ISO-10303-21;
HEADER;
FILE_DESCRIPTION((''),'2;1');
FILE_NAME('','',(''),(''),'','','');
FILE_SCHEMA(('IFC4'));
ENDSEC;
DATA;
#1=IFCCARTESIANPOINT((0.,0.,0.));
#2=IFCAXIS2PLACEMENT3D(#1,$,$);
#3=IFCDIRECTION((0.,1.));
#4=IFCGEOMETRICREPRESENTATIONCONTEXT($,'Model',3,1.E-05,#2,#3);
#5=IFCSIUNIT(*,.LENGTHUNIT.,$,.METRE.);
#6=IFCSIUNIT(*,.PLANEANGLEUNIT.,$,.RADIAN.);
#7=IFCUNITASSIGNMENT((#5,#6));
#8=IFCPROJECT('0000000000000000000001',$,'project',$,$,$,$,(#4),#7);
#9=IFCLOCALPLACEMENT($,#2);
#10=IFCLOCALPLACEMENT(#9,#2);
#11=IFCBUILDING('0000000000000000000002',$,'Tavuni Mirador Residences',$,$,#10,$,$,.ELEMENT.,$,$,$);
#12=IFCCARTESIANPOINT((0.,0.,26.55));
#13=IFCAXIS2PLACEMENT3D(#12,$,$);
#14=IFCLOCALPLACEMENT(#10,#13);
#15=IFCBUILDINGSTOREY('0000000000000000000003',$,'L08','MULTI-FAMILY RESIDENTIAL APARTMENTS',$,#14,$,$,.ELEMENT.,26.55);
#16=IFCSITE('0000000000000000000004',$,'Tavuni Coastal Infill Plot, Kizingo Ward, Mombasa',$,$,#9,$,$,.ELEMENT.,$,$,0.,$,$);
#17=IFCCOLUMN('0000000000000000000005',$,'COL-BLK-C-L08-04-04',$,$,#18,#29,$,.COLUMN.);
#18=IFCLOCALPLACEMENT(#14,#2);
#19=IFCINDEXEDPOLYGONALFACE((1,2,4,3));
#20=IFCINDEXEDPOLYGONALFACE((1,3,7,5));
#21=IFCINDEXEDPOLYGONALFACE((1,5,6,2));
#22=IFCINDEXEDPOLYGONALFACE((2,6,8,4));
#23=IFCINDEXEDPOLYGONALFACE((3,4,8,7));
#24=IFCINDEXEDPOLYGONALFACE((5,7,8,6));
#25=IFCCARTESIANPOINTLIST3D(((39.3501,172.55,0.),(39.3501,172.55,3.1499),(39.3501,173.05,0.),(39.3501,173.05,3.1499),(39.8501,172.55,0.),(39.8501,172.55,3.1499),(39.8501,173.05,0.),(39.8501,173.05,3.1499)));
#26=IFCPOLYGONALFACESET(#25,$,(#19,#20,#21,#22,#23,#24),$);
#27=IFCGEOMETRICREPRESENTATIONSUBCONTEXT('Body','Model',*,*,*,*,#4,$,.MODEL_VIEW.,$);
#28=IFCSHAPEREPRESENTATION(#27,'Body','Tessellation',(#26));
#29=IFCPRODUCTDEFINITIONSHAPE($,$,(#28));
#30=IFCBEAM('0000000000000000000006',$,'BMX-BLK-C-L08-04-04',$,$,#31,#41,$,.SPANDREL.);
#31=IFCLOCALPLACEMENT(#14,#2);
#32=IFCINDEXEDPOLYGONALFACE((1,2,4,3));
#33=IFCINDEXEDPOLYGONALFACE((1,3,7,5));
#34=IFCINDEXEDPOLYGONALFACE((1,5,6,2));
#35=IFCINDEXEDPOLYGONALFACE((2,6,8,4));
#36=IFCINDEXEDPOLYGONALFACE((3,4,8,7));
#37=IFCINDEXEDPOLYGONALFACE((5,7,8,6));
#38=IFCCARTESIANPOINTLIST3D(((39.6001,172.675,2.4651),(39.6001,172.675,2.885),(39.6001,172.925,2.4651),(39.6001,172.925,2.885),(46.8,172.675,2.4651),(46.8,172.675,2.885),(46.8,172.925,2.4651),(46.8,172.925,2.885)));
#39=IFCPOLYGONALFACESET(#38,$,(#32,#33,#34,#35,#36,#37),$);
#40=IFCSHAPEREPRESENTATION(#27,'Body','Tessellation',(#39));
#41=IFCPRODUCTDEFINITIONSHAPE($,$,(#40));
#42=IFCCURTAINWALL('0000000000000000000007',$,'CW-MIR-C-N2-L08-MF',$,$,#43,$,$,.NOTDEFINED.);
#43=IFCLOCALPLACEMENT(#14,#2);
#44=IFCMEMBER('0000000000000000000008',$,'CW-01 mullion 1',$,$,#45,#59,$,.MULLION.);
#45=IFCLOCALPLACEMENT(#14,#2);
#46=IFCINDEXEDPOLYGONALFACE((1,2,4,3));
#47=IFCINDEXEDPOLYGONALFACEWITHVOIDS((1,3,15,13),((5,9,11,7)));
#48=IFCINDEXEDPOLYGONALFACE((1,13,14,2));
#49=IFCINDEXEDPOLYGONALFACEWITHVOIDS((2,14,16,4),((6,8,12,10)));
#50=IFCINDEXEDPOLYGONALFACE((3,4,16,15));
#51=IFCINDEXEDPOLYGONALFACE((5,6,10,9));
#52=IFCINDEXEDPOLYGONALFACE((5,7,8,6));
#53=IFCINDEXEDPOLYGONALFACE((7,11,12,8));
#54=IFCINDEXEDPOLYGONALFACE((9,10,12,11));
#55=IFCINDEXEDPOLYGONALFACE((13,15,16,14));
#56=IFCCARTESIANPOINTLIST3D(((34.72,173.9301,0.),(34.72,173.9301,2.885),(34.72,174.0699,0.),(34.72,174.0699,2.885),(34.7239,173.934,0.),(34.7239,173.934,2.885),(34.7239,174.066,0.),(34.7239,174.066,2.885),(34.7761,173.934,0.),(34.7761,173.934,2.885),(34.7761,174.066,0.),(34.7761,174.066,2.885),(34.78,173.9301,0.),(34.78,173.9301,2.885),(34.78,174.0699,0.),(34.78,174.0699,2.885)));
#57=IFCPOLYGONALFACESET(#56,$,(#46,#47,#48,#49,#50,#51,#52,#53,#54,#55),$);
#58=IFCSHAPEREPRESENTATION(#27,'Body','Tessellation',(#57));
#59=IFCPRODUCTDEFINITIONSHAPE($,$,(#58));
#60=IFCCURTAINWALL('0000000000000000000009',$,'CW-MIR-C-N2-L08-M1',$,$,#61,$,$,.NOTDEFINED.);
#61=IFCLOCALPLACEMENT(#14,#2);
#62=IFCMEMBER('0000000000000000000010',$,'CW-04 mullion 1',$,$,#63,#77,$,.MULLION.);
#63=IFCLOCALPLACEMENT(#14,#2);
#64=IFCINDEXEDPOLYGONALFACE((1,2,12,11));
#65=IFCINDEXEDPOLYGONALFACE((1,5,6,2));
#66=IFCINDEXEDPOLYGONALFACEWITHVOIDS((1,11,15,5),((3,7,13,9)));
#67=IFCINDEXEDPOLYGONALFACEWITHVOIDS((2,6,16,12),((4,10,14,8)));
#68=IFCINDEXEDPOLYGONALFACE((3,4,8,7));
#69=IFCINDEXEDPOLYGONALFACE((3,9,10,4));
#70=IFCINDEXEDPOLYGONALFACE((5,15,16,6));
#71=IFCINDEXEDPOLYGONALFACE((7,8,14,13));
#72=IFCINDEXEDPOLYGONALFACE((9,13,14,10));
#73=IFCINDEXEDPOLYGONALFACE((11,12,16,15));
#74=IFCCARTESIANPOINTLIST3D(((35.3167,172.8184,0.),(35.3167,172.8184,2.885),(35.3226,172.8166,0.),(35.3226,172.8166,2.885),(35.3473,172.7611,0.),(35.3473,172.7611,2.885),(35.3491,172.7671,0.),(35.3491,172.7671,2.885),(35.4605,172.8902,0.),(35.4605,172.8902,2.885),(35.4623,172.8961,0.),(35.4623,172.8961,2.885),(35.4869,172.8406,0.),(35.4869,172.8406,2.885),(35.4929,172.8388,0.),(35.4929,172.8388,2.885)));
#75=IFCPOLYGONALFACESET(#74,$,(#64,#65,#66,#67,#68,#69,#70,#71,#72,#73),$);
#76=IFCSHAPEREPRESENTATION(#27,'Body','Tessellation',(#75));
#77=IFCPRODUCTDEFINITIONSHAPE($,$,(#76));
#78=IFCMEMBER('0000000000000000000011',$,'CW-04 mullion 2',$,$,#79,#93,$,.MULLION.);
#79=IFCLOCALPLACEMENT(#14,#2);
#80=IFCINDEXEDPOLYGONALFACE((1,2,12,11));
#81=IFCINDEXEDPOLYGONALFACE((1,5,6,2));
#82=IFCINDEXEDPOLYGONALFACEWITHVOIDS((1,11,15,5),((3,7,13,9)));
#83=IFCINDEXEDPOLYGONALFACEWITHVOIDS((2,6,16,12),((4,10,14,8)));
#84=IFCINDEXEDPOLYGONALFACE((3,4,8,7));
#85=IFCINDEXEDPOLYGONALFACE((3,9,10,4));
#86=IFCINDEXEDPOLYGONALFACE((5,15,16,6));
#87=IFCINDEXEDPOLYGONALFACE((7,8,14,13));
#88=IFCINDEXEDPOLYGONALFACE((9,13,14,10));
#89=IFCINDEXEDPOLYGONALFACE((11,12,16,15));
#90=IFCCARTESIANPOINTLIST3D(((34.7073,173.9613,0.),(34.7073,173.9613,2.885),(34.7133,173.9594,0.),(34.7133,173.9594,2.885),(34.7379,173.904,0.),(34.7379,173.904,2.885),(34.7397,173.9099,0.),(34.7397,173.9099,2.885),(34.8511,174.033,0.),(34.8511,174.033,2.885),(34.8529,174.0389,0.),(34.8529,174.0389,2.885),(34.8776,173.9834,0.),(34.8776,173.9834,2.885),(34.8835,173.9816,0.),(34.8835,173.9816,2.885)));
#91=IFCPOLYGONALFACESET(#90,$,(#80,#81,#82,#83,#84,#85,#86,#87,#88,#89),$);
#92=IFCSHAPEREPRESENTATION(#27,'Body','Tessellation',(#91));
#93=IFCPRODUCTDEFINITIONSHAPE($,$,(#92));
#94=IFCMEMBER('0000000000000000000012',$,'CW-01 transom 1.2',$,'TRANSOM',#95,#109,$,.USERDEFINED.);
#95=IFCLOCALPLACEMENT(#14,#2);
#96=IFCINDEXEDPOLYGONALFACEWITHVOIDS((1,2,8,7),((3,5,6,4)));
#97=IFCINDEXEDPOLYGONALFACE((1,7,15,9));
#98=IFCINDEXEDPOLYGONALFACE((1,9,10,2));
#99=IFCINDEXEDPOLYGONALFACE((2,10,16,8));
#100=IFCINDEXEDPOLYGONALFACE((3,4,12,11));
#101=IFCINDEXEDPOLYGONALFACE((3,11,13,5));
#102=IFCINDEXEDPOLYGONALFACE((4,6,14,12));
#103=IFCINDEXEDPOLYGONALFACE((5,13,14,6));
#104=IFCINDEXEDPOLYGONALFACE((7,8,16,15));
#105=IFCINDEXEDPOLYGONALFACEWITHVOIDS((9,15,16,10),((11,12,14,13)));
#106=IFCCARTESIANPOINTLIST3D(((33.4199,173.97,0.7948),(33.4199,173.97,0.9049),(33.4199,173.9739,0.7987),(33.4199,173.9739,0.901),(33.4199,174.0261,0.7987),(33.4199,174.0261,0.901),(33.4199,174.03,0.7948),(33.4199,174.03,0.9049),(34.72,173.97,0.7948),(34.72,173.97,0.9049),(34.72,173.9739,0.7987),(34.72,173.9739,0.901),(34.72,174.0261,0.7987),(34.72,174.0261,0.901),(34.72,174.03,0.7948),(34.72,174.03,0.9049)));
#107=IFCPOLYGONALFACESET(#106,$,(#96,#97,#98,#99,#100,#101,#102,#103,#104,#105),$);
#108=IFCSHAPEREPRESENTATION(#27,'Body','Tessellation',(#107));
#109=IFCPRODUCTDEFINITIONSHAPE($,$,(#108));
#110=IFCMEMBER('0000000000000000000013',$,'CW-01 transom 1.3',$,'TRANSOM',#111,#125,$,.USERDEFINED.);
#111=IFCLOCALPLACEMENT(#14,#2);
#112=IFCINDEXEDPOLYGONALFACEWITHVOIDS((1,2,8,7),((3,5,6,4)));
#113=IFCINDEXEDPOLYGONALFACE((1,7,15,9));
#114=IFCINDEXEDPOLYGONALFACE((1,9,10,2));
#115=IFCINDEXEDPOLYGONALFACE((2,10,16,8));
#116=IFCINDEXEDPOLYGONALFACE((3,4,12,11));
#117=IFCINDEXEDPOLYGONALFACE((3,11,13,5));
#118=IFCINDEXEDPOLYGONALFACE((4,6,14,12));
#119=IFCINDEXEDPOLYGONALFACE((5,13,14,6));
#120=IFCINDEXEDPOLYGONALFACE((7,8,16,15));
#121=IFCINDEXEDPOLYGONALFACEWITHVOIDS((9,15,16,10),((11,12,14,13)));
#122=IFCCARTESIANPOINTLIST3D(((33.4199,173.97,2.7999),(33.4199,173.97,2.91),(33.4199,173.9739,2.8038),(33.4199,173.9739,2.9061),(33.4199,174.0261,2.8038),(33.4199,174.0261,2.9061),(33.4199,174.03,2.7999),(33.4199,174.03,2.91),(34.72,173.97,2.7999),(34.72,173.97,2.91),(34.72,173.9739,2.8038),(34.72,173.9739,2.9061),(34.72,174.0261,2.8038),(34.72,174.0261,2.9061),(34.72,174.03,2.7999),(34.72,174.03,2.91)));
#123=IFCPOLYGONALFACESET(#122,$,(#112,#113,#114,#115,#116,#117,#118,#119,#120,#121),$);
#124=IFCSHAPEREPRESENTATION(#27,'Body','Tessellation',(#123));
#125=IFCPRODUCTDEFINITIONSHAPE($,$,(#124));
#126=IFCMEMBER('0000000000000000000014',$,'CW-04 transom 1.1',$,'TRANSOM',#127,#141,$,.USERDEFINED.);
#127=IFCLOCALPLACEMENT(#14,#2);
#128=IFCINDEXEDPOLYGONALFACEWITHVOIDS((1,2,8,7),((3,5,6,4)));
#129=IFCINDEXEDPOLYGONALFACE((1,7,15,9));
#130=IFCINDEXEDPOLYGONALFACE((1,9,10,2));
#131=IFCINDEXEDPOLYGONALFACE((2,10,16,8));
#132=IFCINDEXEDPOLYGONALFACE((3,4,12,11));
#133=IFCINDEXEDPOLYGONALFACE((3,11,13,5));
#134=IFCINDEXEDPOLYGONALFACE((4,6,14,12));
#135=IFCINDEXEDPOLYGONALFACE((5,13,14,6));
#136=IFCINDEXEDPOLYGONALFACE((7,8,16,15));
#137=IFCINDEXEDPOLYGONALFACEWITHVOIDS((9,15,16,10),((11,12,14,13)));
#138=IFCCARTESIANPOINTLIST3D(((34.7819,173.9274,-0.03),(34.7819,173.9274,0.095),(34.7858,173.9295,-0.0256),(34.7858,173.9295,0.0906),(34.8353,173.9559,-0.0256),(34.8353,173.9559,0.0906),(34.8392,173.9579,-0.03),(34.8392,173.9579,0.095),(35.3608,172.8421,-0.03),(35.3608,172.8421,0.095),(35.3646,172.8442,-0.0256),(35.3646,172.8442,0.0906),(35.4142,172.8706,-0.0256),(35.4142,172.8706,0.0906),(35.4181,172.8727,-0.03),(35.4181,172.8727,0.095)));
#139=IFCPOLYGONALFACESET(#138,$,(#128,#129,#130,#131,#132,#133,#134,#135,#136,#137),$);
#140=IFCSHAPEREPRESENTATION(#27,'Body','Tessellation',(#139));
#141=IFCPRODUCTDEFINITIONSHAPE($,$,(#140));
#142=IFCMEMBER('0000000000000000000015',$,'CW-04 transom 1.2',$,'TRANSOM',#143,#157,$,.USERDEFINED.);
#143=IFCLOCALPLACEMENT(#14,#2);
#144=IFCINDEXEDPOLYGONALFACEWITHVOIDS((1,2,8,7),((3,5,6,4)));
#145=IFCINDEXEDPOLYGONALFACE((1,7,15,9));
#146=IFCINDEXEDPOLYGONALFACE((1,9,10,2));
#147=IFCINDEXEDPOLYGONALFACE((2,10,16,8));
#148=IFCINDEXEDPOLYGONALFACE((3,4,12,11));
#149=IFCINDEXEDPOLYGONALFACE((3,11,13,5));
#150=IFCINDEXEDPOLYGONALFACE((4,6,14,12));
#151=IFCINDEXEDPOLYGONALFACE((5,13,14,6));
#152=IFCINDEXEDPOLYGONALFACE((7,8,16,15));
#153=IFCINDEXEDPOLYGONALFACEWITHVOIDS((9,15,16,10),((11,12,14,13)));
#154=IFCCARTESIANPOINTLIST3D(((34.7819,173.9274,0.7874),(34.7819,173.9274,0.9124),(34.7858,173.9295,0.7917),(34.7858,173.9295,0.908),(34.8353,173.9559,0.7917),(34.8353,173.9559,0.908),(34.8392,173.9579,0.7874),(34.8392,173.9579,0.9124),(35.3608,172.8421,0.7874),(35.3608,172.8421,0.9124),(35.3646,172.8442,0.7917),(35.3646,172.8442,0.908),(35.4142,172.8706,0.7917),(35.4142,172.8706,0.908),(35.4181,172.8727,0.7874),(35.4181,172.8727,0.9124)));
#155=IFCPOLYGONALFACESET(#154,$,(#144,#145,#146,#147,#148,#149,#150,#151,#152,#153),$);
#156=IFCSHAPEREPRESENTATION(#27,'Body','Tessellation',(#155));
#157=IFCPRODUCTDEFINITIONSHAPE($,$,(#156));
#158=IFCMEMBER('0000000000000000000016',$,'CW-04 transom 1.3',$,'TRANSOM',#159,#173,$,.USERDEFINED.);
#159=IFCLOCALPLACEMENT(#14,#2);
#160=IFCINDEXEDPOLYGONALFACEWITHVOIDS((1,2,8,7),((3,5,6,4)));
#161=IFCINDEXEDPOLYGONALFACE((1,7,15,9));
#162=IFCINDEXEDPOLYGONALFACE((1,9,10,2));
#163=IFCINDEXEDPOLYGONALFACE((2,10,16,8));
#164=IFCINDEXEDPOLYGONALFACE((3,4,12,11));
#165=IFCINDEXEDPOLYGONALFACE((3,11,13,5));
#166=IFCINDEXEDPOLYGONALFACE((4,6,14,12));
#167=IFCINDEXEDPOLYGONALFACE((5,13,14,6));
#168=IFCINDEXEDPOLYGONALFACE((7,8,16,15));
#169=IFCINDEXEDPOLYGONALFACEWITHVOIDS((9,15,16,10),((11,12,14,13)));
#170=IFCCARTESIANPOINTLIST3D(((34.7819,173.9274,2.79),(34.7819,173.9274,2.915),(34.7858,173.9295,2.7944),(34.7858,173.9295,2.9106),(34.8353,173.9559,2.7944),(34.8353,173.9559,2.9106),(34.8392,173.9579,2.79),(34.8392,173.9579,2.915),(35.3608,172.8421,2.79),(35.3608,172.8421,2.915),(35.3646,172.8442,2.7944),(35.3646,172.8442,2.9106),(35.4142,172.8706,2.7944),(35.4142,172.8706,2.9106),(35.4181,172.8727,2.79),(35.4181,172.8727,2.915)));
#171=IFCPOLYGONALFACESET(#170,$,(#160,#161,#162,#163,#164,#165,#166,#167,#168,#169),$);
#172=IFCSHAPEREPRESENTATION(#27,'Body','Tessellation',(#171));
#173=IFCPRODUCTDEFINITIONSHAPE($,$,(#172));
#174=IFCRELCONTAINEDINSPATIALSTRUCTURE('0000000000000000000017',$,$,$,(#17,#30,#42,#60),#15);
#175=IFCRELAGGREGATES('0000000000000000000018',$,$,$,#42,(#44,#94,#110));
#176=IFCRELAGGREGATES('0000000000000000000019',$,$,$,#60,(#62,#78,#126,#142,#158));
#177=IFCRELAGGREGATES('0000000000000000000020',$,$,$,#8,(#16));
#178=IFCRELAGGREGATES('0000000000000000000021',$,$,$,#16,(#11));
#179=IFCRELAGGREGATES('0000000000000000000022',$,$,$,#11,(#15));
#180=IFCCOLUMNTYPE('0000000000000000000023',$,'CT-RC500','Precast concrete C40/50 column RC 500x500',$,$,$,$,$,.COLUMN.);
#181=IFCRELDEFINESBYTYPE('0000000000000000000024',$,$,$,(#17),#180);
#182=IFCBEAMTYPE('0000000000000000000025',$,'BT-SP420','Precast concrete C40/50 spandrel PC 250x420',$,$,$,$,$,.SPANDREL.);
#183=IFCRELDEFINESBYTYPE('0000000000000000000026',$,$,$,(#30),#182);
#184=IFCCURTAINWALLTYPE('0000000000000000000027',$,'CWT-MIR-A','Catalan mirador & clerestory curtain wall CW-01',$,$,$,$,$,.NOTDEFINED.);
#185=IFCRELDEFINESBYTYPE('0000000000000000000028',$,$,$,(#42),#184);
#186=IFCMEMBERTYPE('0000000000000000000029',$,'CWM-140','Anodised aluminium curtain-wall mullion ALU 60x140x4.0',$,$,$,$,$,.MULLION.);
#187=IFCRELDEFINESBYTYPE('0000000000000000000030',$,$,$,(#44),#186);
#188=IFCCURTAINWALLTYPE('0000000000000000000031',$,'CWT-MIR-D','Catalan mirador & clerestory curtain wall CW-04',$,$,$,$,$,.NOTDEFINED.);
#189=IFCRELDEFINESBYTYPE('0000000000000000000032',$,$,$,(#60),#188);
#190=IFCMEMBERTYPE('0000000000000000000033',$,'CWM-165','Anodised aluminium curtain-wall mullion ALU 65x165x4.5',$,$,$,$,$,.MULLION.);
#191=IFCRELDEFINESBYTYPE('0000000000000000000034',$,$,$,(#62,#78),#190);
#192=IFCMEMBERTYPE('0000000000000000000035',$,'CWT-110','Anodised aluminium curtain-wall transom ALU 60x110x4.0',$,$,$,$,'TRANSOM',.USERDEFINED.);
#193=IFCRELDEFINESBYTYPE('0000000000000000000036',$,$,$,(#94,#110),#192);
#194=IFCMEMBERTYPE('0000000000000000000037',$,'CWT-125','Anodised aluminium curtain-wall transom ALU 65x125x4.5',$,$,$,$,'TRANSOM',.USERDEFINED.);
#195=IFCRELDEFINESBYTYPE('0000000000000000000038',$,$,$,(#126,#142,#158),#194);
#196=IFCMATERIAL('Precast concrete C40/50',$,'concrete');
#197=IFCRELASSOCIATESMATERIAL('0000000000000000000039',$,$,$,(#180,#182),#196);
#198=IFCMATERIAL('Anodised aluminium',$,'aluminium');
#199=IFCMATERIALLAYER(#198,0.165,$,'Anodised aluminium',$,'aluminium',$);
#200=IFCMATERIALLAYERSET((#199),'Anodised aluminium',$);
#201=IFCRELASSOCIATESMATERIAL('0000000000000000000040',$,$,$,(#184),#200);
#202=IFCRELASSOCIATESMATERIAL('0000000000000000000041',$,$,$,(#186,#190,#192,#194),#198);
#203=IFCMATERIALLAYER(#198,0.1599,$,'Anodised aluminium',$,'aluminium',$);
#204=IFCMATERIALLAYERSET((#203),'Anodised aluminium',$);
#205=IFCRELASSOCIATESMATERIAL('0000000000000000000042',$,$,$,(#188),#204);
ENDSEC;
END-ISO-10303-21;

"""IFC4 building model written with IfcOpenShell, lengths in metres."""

from ifc_helpers import new_model, si_unit, direction, frame, origin, origin_2d, place, context, subcontext, project, spatial, rectangle, hollow_rectangle, extrude, material, layer, layer_set, material_profile, profile_set, type_object, element, aggregate, save


model = new_model("IFC4")

# Units and contexts
model_context = context("Model", 3, precision=1e-05, world=origin(), true_north=direction((0.0, 1.0)))
body_context = subcontext(model_context, "Body", "Model", "MODEL_VIEW")
ifc_project = project(units=[si_unit("LENGTHUNIT", "METRE"), si_unit("PLANEANGLEUNIT", "RADIAN")], contexts=[model_context])

# Site, building, storey
site_placement = place(None, origin())
site = spatial("IfcSite", under=ifc_project, at=site_placement, Name="Tavuni Coastal Infill Plot, Kizingo Ward, Mombasa", CompositionType="ELEMENT", RefElevation=0.0)
building_placement = place(site_placement, origin())
building = spatial("IfcBuilding", under=site, at=building_placement, Name="Tavuni Mirador Residences", CompositionType="ELEMENT")
storey_placement = place(building_placement, frame((0.0, 0.0, 26.55)))
storey = spatial("IfcBuildingStorey", under=building, at=storey_placement, Name="L08", Description="MULTI-FAMILY RESIDENTIAL APARTMENTS", CompositionType="ELEMENT", Elevation=26.55)

# Column
ifc_material_1 = material(Name="Precast concrete C40/50", Category="concrete")
ifc_material_profile_1 = material_profile(ifc_material_1, rectangle(XDim=0.5, YDim=0.5, at=origin_2d()), Name="RC 500x500", Category="concrete")
ifc_profile_set_1 = profile_set([ifc_material_profile_1], Name="Precast concrete C40/50")
column_type = type_object("IfcColumnType", Name="CT-RC500", Description="Precast concrete C40/50 column RC 500x500", PredefinedType="COLUMN", material=ifc_profile_set_1)
column_placement = place(storey_placement, frame((39.6001, 172.8, 0.0), z_axis=(0.0, 0.0, 1.0), x_axis=(1.0, 0.0, 0.0)))
element("IfcColumn", 1, at=column_placement, inside=storey, type_object=column_type, Name="COL-BLK-C-L08-04-04", PredefinedType="COLUMN", context=body_context, shape_type="SweptSolid", body=[
    extrude(rectangle(XDim=0.5, YDim=0.5, at=origin_2d()), origin(), (0.0, 0.0, 1.0), 3.1499),
])

# Beam
ifc_material_profile_2 = material_profile(ifc_material_1, rectangle(XDim=0.25, YDim=0.4199, at=origin_2d()), Name="PC 250x420", Category="concrete")
ifc_profile_set_2 = profile_set([ifc_material_profile_2], Name="Precast concrete C40/50")
beam_type = type_object("IfcBeamType", Name="BT-SP420", Description="Precast concrete C40/50 spandrel PC 250x420", PredefinedType="SPANDREL", material=ifc_profile_set_2)
beam_placement = place(storey_placement, frame((39.6001, 172.8, 2.675), z_axis=(1.0, 0.0, 0.0), x_axis=(0.0, 1.0, 0.0)))
element("IfcBeam", 2, at=beam_placement, inside=storey, type_object=beam_type, Name="BMX-BLK-C-L08-04-04", PredefinedType="SPANDREL", context=body_context, shape_type="SweptSolid", body=[
    extrude(rectangle(XDim=0.25, YDim=0.4199, at=origin_2d()), origin(), (0.0, 0.0, 1.0), 7.2),
])

# Curtain wall, member
ifc_material_2 = material(Name="Anodised aluminium", Category="aluminium")
ifc_layer_1 = layer(ifc_material_2, 0.165, Name="Anodised aluminium", Category="aluminium")
ifc_layer_set_1 = layer_set([ifc_layer_1], Name="Anodised aluminium")
curtain_wall_type_1 = type_object("IfcCurtainWallType", Name="CWT-MIR-A", Description="Catalan mirador & clerestory curtain wall CW-01", PredefinedType="NOTDEFINED", material=ifc_layer_set_1)
curtain_wall_1_placement = place(storey_placement, origin())
curtain_wall_1 = element("IfcCurtainWall", 3, at=curtain_wall_1_placement, inside=storey, type_object=curtain_wall_type_1, Name="CW-MIR-C-N2-L08-MF", PredefinedType="NOTDEFINED")
ifc_material_profile_3 = material_profile(ifc_material_2, hollow_rectangle(XDim=0.0601, YDim=0.1399, WallThickness=0.0039, at=origin_2d()), Name="ALU 60x140x4.0", Category="aluminium")
ifc_profile_set_3 = profile_set([ifc_material_profile_3], Name="Anodised aluminium")
member_type_1 = type_object("IfcMemberType", Name="CWM-140", Description="Anodised aluminium curtain-wall mullion ALU 60x140x4.0", PredefinedType="MULLION", material=ifc_profile_set_3)
member_1_placement = place(storey_placement, frame((34.75, 174.0, 0.0), z_axis=(0.0, 0.0, 1.0), x_axis=(-1.0, 0.0, 0.0)))
member_1 = element("IfcMember", 4, at=member_1_placement, type_object=member_type_1, Name="CW-01 mullion 1", PredefinedType="MULLION", context=body_context, shape_type="SweptSolid", body=[
    extrude(hollow_rectangle(XDim=0.0601, YDim=0.1399, WallThickness=0.0039, at=origin_2d()), origin(), (0.0, 0.0, 1.0), 2.885),
])

# Curtain wall, members
ifc_layer_2 = layer(ifc_material_2, 0.1599, Name="Anodised aluminium", Category="aluminium")
ifc_layer_set_2 = layer_set([ifc_layer_2], Name="Anodised aluminium")
curtain_wall_type_2 = type_object("IfcCurtainWallType", Name="CWT-MIR-D", Description="Catalan mirador & clerestory curtain wall CW-04", PredefinedType="NOTDEFINED", material=ifc_layer_set_2)
curtain_wall_2_placement = place(storey_placement, origin())
curtain_wall_2 = element("IfcCurtainWall", 5, at=curtain_wall_2_placement, inside=storey, type_object=curtain_wall_type_2, Name="CW-MIR-C-N2-L08-M1", PredefinedType="NOTDEFINED")
ifc_material_profile_4 = material_profile(ifc_material_2, hollow_rectangle(XDim=0.0649, YDim=0.165, WallThickness=0.0044, at=origin_2d()), Name="ALU 65x165x4.5", Category="aluminium")
ifc_profile_set_4 = profile_set([ifc_material_profile_4], Name="Anodised aluminium")
member_type_2 = type_object("IfcMemberType", Name="CWM-165", Description="Anodised aluminium curtain-wall mullion ALU 65x165x4.5", PredefinedType="MULLION", material=ifc_profile_set_4)
member_2_placement = place(storey_placement, frame((35.4048, 172.8286, 0.0), z_axis=(0.0, 0.0, 1.0), x_axis=(-0.470588, 0.882353, 0.0)))
member_2 = element("IfcMember", 6, at=member_2_placement, type_object=member_type_2, Name="CW-04 mullion 1", PredefinedType="MULLION", context=body_context, shape_type="SweptSolid", body=[
    extrude(hollow_rectangle(XDim=0.0649, YDim=0.165, WallThickness=0.0044, at=origin_2d()), origin(), (0.0, 0.0, 1.0), 2.885),
])
member_3_placement = place(storey_placement, frame((34.7954, 173.9714, 0.0), z_axis=(0.0, 0.0, 1.0), x_axis=(-0.470588, 0.882353, 0.0)))
member_3 = element("IfcMember", 7, at=member_3_placement, type_object=member_type_2, Name="CW-04 mullion 2", PredefinedType="MULLION", context=body_context, shape_type="SweptSolid", body=[
    extrude(hollow_rectangle(XDim=0.0649, YDim=0.165, WallThickness=0.0044, at=origin_2d()), origin(), (0.0, 0.0, 1.0), 2.885),
])

# Members
ifc_material_profile_5 = material_profile(ifc_material_2, hollow_rectangle(XDim=0.0601, YDim=0.1101, WallThickness=0.0039, at=origin_2d()), Name="ALU 60x110x4.0", Category="aluminium")
ifc_profile_set_5 = profile_set([ifc_material_profile_5], Name="Anodised aluminium")
member_type_3 = type_object("IfcMemberType", Name="CWT-110", Description="Anodised aluminium curtain-wall transom ALU 60x110x4.0", ElementType="TRANSOM", PredefinedType="USERDEFINED", material=ifc_profile_set_5)
member_4_placement = place(storey_placement, frame((34.72, 174.0, 0.8499), z_axis=(-1.0, 0.0, 0.0), x_axis=(0.0, -1.0, 0.0)))
member_4 = element("IfcMember", 8, at=member_4_placement, type_object=member_type_3, Name="CW-01 transom 1.2", ObjectType="TRANSOM", PredefinedType="USERDEFINED", context=body_context, shape_type="SweptSolid", body=[
    extrude(hollow_rectangle(XDim=0.0601, YDim=0.1101, WallThickness=0.0039, at=origin_2d()), origin(), (0.0, 0.0, 1.0), 1.3),
])
member_5_placement = place(storey_placement, frame((34.72, 174.0, 2.855), z_axis=(-1.0, 0.0, 0.0), x_axis=(0.0, -1.0, 0.0)))
member_5 = element("IfcMember", 9, at=member_5_placement, type_object=member_type_3, Name="CW-01 transom 1.3", ObjectType="TRANSOM", PredefinedType="USERDEFINED", context=body_context, shape_type="SweptSolid", body=[
    extrude(hollow_rectangle(XDim=0.0601, YDim=0.1101, WallThickness=0.0039, at=origin_2d()), origin(), (0.0, 0.0, 1.0), 1.3),
])
aggregate(curtain_wall_1, [member_1, member_4, member_5])
ifc_material_profile_6 = material_profile(ifc_material_2, hollow_rectangle(XDim=0.0649, YDim=0.125, WallThickness=0.0044, at=origin_2d()), Name="ALU 65x125x4.5", Category="aluminium")
ifc_profile_set_6 = profile_set([ifc_material_profile_6], Name="Anodised aluminium")
member_type_4 = type_object("IfcMemberType", Name="CWT-125", Description="Anodised aluminium curtain-wall transom ALU 65x125x4.5", ElementType="TRANSOM", PredefinedType="USERDEFINED", material=ifc_profile_set_6)
member_6_placement = place(storey_placement, frame((35.3894, 172.8574, 0.0325), z_axis=(-0.47064, 0.882325, 0.0), x_axis=(-0.882325, -0.47064, 0.0)))
member_6 = element("IfcMember", 10, at=member_6_placement, type_object=member_type_4, Name="CW-04 transom 1.1", ObjectType="TRANSOM", PredefinedType="USERDEFINED", context=body_context, shape_type="SweptSolid", body=[
    extrude(hollow_rectangle(XDim=0.0649, YDim=0.125, WallThickness=0.0044, at=origin_2d()), origin(), (0.0, 0.0, 1.0), 1.23),
])
member_7_placement = place(storey_placement, frame((35.3894, 172.8574, 0.8499), z_axis=(-0.47064, 0.882325, 0.0), x_axis=(-0.882325, -0.47064, 0.0)))
member_7 = element("IfcMember", 11, at=member_7_placement, type_object=member_type_4, Name="CW-04 transom 1.2", ObjectType="TRANSOM", PredefinedType="USERDEFINED", context=body_context, shape_type="SweptSolid", body=[
    extrude(hollow_rectangle(XDim=0.0649, YDim=0.125, WallThickness=0.0044, at=origin_2d()), origin(), (0.0, 0.0, 1.0), 1.23),
])
member_8_placement = place(storey_placement, frame((35.3894, 172.8574, 2.8525), z_axis=(-0.47064, 0.882325, 0.0), x_axis=(-0.882325, -0.47064, 0.0)))
member_8 = element("IfcMember", 12, at=member_8_placement, type_object=member_type_4, Name="CW-04 transom 1.3", ObjectType="TRANSOM", PredefinedType="USERDEFINED", context=body_context, shape_type="SweptSolid", body=[
    extrude(hollow_rectangle(XDim=0.0649, YDim=0.125, WallThickness=0.0044, at=origin_2d()), origin(), (0.0, 0.0, 1.0), 1.23),
])

aggregate(curtain_wall_2, [member_2, member_3, member_6, member_7, member_8])

save(model, "model.ifc")
